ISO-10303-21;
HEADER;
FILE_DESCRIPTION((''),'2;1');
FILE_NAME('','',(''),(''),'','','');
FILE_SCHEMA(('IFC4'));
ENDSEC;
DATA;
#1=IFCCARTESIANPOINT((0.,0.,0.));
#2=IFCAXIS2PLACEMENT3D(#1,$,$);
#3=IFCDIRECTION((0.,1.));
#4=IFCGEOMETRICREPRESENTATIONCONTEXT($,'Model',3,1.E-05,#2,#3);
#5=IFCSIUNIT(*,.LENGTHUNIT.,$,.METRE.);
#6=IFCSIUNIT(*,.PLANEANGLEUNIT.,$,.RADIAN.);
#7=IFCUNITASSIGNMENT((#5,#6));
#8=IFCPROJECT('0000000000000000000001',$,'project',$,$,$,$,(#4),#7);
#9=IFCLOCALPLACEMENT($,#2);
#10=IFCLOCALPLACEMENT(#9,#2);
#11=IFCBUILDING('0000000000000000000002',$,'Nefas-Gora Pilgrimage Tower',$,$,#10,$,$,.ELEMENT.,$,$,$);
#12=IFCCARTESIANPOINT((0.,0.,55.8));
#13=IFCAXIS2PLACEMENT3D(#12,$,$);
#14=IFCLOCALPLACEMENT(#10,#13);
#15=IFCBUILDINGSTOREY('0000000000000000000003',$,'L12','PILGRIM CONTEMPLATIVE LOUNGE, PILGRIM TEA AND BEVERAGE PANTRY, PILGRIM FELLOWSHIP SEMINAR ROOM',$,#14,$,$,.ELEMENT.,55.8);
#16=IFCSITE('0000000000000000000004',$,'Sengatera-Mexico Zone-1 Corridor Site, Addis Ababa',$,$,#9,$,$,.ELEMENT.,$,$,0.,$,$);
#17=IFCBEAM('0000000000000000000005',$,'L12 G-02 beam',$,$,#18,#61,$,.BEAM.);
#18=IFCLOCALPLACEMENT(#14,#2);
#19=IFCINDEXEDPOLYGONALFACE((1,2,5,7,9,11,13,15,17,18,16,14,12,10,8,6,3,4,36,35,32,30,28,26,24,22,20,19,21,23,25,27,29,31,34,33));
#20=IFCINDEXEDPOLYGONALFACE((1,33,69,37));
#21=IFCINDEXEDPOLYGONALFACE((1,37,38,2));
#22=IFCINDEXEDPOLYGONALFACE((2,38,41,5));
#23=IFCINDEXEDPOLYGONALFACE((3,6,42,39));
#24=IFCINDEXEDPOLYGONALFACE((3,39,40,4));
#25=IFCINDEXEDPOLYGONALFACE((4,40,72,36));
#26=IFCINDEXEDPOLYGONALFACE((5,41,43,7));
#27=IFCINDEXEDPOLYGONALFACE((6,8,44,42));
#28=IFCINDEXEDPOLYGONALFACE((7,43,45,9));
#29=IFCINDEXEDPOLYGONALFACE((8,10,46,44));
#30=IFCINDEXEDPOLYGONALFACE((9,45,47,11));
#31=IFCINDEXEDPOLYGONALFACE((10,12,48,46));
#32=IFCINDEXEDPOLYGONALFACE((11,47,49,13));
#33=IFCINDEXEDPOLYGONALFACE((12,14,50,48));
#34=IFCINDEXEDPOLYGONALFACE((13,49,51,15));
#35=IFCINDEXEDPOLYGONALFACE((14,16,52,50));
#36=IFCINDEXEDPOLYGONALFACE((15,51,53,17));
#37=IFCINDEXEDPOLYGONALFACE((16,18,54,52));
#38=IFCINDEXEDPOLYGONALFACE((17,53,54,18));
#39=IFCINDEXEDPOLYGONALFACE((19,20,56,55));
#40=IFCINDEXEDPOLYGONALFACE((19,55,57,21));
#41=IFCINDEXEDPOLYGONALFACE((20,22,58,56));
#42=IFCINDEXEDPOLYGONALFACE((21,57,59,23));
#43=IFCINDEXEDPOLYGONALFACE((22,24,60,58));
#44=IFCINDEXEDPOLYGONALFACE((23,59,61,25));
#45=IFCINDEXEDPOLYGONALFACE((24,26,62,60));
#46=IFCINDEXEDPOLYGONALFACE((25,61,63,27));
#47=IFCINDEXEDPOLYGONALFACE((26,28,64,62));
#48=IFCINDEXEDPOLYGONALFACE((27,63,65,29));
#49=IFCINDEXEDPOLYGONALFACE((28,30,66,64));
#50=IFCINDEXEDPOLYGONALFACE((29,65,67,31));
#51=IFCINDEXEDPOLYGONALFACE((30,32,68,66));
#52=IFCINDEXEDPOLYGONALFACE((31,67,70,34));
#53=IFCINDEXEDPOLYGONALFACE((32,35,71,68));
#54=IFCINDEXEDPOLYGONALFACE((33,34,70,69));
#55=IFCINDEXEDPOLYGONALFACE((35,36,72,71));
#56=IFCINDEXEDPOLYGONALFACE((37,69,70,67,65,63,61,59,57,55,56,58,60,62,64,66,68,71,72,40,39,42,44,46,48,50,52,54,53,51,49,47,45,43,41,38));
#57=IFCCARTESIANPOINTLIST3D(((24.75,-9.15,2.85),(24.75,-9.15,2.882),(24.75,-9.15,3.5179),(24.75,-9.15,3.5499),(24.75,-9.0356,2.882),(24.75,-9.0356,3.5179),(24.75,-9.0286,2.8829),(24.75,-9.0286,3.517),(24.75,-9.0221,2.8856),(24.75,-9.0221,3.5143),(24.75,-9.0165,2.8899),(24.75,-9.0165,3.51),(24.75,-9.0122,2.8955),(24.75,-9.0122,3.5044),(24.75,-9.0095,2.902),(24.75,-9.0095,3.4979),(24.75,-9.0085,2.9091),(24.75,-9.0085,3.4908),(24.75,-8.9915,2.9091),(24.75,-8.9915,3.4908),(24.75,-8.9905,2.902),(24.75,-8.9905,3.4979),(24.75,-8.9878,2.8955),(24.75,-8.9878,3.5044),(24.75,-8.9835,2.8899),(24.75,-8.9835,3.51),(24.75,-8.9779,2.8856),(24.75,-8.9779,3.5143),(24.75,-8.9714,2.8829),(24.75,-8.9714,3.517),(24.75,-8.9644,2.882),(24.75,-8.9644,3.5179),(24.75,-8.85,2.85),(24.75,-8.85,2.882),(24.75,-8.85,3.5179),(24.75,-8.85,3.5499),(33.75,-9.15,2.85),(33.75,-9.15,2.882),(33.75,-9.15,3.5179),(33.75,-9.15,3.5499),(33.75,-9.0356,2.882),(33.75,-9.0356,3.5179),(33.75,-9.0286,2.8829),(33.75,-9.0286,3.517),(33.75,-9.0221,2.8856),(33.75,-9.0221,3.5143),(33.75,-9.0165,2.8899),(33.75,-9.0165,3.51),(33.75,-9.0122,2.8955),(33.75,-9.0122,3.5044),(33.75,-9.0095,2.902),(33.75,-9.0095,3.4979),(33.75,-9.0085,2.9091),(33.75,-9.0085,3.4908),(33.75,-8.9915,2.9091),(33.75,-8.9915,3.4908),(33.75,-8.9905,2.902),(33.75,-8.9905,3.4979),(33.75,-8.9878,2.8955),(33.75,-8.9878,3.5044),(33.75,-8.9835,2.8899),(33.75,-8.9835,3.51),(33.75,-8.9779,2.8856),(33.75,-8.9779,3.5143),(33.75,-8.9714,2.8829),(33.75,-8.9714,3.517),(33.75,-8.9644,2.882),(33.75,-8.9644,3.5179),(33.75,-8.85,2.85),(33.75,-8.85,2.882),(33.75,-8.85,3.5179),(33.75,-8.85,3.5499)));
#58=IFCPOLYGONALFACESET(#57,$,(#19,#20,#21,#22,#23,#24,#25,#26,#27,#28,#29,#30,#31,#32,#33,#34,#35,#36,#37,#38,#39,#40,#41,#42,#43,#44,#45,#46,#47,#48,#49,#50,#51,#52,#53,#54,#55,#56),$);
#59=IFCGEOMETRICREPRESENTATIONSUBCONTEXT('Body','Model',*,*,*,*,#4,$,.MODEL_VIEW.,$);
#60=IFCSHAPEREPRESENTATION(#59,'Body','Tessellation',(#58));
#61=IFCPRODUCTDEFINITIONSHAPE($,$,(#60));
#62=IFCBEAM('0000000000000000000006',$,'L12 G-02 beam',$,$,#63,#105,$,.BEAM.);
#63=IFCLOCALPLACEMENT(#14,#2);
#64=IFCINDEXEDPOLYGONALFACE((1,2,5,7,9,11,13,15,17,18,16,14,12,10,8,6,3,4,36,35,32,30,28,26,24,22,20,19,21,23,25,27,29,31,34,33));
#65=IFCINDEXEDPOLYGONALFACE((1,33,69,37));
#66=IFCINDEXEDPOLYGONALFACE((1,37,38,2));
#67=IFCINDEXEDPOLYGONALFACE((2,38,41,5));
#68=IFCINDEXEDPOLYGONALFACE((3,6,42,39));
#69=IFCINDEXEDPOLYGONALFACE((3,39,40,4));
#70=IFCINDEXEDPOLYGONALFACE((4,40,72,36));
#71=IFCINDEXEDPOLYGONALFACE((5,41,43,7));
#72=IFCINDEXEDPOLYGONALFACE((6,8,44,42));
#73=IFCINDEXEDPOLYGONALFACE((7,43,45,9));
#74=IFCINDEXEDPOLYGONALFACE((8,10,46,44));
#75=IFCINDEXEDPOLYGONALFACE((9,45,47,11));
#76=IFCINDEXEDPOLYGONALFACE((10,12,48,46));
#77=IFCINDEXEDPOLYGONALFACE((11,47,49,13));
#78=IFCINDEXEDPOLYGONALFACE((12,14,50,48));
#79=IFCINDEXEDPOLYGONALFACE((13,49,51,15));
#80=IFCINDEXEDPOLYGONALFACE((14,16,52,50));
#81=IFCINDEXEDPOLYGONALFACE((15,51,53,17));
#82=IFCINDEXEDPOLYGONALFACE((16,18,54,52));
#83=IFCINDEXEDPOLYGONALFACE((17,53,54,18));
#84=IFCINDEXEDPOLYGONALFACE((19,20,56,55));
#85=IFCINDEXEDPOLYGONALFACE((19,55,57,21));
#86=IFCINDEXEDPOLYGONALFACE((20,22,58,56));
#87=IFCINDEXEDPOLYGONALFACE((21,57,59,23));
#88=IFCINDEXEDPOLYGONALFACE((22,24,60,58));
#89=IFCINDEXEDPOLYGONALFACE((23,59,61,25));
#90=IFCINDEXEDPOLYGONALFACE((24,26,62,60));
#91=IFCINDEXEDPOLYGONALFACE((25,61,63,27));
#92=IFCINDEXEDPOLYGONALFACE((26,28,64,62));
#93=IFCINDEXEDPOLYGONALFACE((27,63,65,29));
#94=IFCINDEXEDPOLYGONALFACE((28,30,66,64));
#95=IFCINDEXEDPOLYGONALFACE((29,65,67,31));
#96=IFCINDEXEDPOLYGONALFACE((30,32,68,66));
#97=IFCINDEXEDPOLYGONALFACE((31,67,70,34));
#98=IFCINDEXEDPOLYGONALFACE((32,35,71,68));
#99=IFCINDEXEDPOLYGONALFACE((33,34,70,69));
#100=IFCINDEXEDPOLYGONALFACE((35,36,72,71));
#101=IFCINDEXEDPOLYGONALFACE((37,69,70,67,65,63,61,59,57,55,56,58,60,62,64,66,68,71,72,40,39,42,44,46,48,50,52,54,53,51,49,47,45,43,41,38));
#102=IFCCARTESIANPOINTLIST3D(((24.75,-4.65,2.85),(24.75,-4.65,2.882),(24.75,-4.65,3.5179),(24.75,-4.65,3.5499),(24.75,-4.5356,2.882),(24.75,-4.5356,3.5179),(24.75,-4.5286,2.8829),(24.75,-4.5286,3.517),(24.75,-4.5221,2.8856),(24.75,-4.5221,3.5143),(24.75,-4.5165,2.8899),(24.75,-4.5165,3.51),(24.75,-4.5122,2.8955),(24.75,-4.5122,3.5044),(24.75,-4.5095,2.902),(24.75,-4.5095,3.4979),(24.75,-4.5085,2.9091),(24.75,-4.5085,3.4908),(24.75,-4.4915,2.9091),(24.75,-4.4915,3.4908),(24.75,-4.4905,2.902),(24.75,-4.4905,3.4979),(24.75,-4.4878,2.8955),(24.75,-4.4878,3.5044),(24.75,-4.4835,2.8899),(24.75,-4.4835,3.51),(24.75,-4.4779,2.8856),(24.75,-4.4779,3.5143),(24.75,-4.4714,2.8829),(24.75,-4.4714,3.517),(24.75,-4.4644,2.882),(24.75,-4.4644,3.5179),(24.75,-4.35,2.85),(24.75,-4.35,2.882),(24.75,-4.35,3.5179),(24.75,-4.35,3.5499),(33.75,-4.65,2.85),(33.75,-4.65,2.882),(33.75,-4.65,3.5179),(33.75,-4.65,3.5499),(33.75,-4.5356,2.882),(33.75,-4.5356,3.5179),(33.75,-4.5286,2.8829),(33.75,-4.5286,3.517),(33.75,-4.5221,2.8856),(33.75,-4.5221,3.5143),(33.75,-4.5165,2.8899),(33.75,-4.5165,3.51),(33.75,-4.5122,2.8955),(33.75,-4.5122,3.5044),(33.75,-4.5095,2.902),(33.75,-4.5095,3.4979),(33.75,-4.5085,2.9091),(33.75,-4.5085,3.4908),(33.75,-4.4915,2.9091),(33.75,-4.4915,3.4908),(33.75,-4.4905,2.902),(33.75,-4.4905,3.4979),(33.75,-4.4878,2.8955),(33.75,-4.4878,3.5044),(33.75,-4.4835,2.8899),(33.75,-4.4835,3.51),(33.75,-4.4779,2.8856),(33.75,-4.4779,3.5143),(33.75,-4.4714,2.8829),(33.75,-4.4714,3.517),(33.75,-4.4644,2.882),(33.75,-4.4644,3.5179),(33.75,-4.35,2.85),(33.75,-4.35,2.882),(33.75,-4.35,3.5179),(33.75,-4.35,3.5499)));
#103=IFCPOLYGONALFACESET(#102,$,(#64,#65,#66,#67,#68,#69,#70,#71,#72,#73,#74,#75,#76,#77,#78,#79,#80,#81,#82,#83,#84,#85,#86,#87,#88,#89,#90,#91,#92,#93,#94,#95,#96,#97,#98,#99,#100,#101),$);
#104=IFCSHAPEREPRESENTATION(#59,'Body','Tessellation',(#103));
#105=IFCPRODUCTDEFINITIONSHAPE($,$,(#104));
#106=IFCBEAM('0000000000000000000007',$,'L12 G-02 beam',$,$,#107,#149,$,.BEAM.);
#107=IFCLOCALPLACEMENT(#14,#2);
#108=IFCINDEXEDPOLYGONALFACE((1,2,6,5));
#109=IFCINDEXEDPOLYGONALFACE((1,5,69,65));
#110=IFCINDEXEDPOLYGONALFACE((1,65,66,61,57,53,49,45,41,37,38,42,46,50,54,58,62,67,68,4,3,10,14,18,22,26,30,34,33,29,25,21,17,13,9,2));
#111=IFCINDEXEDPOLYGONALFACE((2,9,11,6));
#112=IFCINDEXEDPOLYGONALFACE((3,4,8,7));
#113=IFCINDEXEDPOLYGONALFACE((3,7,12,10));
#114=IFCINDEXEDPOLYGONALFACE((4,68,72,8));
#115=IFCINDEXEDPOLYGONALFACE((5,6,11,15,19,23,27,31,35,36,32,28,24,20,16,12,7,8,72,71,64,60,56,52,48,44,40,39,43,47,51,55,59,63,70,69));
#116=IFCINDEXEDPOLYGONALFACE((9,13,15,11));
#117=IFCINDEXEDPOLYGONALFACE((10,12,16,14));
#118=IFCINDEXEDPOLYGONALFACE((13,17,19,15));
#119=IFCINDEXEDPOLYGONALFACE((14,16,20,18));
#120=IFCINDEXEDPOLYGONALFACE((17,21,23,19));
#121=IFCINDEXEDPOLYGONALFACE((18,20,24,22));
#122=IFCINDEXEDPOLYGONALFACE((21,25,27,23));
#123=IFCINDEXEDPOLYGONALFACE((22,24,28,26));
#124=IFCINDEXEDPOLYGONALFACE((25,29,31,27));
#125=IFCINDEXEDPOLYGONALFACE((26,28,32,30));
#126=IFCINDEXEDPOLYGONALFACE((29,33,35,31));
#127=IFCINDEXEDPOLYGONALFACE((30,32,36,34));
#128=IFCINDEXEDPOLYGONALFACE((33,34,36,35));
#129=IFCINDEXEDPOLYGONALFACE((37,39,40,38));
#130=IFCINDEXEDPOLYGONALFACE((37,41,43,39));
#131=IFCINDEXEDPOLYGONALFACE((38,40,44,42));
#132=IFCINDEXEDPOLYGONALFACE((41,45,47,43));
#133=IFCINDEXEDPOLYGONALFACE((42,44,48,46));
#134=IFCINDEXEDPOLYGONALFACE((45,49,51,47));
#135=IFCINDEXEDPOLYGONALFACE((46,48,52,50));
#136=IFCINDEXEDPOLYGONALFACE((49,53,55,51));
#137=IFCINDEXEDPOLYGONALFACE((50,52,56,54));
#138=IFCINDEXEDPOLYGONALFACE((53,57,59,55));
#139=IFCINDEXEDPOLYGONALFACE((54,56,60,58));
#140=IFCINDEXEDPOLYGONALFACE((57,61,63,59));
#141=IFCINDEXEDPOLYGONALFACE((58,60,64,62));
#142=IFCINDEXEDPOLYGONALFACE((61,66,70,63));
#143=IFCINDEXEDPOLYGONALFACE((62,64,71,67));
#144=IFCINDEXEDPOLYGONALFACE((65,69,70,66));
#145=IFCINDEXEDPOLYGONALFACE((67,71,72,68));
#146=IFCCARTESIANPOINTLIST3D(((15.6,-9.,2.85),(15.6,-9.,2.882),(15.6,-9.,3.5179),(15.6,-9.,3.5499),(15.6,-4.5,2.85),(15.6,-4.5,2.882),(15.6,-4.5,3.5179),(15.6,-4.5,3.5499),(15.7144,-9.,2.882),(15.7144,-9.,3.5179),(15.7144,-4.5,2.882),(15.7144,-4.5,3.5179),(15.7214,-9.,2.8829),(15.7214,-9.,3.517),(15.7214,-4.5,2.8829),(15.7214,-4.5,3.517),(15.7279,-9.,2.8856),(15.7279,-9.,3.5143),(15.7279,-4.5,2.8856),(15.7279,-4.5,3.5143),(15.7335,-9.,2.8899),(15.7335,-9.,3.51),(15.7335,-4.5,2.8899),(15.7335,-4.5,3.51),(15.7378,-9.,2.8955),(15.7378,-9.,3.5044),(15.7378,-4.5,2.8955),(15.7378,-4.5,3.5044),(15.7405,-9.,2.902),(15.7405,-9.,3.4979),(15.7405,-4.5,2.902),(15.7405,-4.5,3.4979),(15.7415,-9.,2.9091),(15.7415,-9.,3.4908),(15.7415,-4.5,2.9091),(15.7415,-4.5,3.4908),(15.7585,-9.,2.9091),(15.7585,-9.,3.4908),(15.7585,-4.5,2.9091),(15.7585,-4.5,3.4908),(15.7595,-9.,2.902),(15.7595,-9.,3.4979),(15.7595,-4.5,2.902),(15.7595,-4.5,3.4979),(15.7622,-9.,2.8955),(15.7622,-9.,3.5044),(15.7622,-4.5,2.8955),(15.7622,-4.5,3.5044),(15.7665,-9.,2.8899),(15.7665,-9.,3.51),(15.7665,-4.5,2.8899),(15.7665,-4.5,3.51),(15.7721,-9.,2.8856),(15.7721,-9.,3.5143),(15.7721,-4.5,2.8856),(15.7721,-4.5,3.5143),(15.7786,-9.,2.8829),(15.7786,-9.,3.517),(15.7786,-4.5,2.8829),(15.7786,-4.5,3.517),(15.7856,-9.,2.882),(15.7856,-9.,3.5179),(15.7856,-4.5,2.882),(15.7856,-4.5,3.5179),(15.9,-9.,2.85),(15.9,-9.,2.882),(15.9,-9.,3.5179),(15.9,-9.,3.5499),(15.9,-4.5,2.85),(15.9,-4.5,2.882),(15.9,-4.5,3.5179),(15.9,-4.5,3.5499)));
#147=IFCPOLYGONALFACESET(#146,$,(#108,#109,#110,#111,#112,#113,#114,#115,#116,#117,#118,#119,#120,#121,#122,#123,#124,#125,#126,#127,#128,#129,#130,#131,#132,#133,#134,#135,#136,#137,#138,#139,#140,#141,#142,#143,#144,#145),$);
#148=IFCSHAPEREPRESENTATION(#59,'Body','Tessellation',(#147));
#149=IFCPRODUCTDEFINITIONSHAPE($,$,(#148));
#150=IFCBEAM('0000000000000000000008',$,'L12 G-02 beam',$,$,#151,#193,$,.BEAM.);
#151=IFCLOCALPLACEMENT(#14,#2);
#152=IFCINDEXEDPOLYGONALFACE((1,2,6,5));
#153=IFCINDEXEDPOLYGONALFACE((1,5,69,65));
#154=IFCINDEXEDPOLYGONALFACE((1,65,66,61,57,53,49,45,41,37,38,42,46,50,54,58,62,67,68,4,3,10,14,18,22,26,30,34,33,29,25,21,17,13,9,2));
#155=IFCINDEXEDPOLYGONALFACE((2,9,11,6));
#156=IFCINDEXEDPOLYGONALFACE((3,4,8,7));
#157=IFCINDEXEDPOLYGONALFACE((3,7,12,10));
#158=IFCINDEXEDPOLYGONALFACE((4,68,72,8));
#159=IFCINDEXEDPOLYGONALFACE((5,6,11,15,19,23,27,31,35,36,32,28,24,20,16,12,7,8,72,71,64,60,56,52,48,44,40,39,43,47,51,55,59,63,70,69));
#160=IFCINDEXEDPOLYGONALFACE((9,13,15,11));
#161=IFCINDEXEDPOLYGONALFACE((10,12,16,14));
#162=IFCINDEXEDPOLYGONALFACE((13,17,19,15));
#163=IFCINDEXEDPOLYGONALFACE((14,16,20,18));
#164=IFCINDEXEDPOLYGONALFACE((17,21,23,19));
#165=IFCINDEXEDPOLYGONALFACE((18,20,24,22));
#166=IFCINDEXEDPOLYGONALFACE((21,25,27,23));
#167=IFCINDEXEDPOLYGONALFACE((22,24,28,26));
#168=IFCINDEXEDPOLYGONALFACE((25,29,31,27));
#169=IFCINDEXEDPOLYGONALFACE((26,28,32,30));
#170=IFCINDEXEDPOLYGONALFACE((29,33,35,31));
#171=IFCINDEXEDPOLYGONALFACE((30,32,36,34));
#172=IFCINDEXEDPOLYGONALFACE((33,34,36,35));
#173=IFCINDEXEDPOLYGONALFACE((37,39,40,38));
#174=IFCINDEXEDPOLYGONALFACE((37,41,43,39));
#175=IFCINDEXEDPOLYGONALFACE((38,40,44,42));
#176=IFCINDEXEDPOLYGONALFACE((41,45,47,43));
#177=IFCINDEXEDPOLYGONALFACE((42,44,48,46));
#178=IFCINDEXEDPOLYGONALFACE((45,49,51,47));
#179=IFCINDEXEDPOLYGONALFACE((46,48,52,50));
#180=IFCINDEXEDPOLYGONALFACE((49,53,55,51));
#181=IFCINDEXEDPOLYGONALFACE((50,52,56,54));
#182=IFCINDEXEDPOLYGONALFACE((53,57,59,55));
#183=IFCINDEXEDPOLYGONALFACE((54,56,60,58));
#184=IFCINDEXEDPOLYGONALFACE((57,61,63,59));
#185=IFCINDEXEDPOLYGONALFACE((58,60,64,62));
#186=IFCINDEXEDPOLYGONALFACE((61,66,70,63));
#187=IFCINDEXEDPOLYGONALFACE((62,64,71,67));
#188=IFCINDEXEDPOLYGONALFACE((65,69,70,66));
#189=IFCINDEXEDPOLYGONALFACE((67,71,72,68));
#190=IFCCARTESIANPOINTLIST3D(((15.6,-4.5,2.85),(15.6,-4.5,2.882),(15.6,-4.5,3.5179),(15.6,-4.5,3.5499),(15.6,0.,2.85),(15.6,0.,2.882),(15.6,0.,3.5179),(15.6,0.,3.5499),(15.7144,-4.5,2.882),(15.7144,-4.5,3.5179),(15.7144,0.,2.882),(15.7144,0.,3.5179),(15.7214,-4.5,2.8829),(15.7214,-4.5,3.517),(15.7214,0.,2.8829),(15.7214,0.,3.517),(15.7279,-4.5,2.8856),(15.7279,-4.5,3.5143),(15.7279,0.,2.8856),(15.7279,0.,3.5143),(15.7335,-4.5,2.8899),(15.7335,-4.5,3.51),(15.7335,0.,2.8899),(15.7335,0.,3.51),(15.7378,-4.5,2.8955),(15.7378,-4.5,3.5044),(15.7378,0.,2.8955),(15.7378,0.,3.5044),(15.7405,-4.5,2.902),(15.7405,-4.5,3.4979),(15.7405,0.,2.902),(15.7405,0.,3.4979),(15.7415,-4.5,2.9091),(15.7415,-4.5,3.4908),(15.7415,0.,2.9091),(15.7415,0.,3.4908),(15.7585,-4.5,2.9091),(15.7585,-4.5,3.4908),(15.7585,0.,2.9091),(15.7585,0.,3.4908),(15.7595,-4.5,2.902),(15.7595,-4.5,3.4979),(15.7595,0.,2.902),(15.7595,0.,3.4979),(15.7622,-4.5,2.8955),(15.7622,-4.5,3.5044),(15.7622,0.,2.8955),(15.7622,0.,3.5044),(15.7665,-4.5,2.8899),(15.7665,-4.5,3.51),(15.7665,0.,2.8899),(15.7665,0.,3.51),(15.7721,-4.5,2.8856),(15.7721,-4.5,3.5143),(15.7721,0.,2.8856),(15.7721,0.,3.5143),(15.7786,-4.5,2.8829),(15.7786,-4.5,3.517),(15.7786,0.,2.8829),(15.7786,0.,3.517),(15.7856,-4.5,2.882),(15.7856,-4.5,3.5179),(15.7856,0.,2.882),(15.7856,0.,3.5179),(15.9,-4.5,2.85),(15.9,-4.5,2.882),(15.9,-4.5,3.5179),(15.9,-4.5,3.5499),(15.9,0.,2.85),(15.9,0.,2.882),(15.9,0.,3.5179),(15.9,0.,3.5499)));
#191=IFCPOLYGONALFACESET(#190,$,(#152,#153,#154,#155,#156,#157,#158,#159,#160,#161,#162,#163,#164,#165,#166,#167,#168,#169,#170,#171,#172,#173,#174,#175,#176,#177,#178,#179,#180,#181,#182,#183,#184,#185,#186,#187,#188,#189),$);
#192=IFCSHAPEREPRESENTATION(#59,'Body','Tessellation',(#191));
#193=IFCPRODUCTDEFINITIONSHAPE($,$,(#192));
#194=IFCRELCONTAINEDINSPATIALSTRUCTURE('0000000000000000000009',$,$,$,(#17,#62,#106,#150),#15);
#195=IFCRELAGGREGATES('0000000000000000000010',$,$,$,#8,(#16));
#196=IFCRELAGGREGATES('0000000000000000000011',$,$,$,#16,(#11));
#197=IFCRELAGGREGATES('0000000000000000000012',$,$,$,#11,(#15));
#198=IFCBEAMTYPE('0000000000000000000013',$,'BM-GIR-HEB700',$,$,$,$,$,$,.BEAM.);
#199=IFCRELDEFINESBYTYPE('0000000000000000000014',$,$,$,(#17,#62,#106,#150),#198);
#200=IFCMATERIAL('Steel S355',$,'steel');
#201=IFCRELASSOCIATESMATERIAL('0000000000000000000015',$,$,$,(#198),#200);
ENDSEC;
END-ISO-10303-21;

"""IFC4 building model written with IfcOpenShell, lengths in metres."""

from ifc_helpers import new_model, si_unit, direction, frame, origin, origin_2d, place, context, subcontext, project, spatial, i_section, extrude, source, transform, mapped, material, material_profile, profile_set, type_object, element, save


model = new_model("IFC4")

# Units and contexts
model_context = context("Model", 3, precision=1e-05, world=origin(), true_north=direction((0.0, 1.0)))
body_context = subcontext(model_context, "Body", "Model", "MODEL_VIEW")
ifc_project = project(units=[si_unit("LENGTHUNIT", "METRE"), si_unit("PLANEANGLEUNIT", "RADIAN")], contexts=[model_context])

# Site, building, storey
site_placement = place(None, origin())
site = spatial("IfcSite", under=ifc_project, at=site_placement, Name="Sengatera-Mexico Zone-1 Corridor Site, Addis Ababa", CompositionType="ELEMENT", RefElevation=0.0)
building_placement = place(site_placement, origin())
building = spatial("IfcBuilding", under=site, at=building_placement, Name="Nefas-Gora Pilgrimage Tower", CompositionType="ELEMENT")
storey_placement = place(building_placement, frame((0.0, 0.0, 55.8)))
storey = spatial("IfcBuildingStorey", under=building, at=storey_placement, Name="L12", Description="PILGRIM CONTEMPLATIVE LOUNGE, PILGRIM TEA AND BEVERAGE PANTRY, PILGRIM FELLOWSHIP SEMINAR ROOM", CompositionType="ELEMENT", Elevation=55.8)

# Beams
ifc_material_1 = material(Name="Steel S355", Category="steel")
ifc_material_profile_1 = material_profile(ifc_material_1, i_section(OverallWidth=0.3, OverallDepth=0.7, WebThickness=0.0171, FlangeThickness=0.032, FilletRadius=0.0271, at=origin_2d()), Name="HEB 700")
ifc_profile_set_1 = profile_set([ifc_material_profile_1], Name="Steel S355")
beam_type_1 = type_object("IfcBeamType", Name="BM-GIR-HEB700", PredefinedType="BEAM", material=ifc_profile_set_1)
shared_shape_1 = source(origin(), body_context, "Body", "SweptSolid", [
    extrude(i_section(OverallWidth=0.3, OverallDepth=0.7, WebThickness=0.0171, FlangeThickness=0.032, FilletRadius=0.0271, at=origin_2d()), origin(), (0.0, 0.0, 1.0), 9.0),
])
for number, where, z_axis, x_axis, name in (
    (1, (24.75, -9.0, 3.2), (1.0, 0.0, 0.0), (0.0, 1.0, 0.0), "L12 G-02 beam"),
    (2, (24.75, -4.5, 3.2), (1.0, 0.0, 0.0), (0.0, 1.0, 0.0), "L12 G-02 beam"),
):
    element("IfcBeam", number, at=place(storey_placement, frame(where, z_axis=z_axis, x_axis=x_axis)), inside=storey, type_object=beam_type_1, Name=name, PredefinedType="BEAM", context=body_context, shape_type="MappedRepresentation", body=[
        mapped(shared_shape_1, transform((0.0, 0.0, 0.0), x_axis=(1.0, 0.0, 0.0), y_axis=(0.0, 1.0, 0.0), z_axis=(0.0, 0.0, 1.0), scale=1.0)),
    ])
shared_shape_2 = source(origin(), body_context, "Body", "SweptSolid", [
    extrude(i_section(OverallWidth=0.3, OverallDepth=0.7, WebThickness=0.0171, FlangeThickness=0.032, FilletRadius=0.0271, at=origin_2d()), origin(), (0.0, 0.0, 1.0), 4.5),
])
for number, where, z_axis, x_axis, name in (
    (3, (15.75, -9.0, 3.2), (0.0, 1.0, 0.0), (-1.0, 0.0, 0.0), "L12 G-02 beam"),
    (4, (15.75, -4.5, 3.2), (0.0, 1.0, 0.0), (-1.0, 0.0, 0.0), "L12 G-02 beam"),
):
    element("IfcBeam", number, at=place(storey_placement, frame(where, z_axis=z_axis, x_axis=x_axis)), inside=storey, type_object=beam_type_1, Name=name, PredefinedType="BEAM", context=body_context, shape_type="MappedRepresentation", body=[
        mapped(shared_shape_2, transform((0.0, 0.0, 0.0), x_axis=(1.0, 0.0, 0.0), y_axis=(0.0, 1.0, 0.0), z_axis=(0.0, 0.0, 1.0), scale=1.0)),
    ])

save(model, "model.ifc")
